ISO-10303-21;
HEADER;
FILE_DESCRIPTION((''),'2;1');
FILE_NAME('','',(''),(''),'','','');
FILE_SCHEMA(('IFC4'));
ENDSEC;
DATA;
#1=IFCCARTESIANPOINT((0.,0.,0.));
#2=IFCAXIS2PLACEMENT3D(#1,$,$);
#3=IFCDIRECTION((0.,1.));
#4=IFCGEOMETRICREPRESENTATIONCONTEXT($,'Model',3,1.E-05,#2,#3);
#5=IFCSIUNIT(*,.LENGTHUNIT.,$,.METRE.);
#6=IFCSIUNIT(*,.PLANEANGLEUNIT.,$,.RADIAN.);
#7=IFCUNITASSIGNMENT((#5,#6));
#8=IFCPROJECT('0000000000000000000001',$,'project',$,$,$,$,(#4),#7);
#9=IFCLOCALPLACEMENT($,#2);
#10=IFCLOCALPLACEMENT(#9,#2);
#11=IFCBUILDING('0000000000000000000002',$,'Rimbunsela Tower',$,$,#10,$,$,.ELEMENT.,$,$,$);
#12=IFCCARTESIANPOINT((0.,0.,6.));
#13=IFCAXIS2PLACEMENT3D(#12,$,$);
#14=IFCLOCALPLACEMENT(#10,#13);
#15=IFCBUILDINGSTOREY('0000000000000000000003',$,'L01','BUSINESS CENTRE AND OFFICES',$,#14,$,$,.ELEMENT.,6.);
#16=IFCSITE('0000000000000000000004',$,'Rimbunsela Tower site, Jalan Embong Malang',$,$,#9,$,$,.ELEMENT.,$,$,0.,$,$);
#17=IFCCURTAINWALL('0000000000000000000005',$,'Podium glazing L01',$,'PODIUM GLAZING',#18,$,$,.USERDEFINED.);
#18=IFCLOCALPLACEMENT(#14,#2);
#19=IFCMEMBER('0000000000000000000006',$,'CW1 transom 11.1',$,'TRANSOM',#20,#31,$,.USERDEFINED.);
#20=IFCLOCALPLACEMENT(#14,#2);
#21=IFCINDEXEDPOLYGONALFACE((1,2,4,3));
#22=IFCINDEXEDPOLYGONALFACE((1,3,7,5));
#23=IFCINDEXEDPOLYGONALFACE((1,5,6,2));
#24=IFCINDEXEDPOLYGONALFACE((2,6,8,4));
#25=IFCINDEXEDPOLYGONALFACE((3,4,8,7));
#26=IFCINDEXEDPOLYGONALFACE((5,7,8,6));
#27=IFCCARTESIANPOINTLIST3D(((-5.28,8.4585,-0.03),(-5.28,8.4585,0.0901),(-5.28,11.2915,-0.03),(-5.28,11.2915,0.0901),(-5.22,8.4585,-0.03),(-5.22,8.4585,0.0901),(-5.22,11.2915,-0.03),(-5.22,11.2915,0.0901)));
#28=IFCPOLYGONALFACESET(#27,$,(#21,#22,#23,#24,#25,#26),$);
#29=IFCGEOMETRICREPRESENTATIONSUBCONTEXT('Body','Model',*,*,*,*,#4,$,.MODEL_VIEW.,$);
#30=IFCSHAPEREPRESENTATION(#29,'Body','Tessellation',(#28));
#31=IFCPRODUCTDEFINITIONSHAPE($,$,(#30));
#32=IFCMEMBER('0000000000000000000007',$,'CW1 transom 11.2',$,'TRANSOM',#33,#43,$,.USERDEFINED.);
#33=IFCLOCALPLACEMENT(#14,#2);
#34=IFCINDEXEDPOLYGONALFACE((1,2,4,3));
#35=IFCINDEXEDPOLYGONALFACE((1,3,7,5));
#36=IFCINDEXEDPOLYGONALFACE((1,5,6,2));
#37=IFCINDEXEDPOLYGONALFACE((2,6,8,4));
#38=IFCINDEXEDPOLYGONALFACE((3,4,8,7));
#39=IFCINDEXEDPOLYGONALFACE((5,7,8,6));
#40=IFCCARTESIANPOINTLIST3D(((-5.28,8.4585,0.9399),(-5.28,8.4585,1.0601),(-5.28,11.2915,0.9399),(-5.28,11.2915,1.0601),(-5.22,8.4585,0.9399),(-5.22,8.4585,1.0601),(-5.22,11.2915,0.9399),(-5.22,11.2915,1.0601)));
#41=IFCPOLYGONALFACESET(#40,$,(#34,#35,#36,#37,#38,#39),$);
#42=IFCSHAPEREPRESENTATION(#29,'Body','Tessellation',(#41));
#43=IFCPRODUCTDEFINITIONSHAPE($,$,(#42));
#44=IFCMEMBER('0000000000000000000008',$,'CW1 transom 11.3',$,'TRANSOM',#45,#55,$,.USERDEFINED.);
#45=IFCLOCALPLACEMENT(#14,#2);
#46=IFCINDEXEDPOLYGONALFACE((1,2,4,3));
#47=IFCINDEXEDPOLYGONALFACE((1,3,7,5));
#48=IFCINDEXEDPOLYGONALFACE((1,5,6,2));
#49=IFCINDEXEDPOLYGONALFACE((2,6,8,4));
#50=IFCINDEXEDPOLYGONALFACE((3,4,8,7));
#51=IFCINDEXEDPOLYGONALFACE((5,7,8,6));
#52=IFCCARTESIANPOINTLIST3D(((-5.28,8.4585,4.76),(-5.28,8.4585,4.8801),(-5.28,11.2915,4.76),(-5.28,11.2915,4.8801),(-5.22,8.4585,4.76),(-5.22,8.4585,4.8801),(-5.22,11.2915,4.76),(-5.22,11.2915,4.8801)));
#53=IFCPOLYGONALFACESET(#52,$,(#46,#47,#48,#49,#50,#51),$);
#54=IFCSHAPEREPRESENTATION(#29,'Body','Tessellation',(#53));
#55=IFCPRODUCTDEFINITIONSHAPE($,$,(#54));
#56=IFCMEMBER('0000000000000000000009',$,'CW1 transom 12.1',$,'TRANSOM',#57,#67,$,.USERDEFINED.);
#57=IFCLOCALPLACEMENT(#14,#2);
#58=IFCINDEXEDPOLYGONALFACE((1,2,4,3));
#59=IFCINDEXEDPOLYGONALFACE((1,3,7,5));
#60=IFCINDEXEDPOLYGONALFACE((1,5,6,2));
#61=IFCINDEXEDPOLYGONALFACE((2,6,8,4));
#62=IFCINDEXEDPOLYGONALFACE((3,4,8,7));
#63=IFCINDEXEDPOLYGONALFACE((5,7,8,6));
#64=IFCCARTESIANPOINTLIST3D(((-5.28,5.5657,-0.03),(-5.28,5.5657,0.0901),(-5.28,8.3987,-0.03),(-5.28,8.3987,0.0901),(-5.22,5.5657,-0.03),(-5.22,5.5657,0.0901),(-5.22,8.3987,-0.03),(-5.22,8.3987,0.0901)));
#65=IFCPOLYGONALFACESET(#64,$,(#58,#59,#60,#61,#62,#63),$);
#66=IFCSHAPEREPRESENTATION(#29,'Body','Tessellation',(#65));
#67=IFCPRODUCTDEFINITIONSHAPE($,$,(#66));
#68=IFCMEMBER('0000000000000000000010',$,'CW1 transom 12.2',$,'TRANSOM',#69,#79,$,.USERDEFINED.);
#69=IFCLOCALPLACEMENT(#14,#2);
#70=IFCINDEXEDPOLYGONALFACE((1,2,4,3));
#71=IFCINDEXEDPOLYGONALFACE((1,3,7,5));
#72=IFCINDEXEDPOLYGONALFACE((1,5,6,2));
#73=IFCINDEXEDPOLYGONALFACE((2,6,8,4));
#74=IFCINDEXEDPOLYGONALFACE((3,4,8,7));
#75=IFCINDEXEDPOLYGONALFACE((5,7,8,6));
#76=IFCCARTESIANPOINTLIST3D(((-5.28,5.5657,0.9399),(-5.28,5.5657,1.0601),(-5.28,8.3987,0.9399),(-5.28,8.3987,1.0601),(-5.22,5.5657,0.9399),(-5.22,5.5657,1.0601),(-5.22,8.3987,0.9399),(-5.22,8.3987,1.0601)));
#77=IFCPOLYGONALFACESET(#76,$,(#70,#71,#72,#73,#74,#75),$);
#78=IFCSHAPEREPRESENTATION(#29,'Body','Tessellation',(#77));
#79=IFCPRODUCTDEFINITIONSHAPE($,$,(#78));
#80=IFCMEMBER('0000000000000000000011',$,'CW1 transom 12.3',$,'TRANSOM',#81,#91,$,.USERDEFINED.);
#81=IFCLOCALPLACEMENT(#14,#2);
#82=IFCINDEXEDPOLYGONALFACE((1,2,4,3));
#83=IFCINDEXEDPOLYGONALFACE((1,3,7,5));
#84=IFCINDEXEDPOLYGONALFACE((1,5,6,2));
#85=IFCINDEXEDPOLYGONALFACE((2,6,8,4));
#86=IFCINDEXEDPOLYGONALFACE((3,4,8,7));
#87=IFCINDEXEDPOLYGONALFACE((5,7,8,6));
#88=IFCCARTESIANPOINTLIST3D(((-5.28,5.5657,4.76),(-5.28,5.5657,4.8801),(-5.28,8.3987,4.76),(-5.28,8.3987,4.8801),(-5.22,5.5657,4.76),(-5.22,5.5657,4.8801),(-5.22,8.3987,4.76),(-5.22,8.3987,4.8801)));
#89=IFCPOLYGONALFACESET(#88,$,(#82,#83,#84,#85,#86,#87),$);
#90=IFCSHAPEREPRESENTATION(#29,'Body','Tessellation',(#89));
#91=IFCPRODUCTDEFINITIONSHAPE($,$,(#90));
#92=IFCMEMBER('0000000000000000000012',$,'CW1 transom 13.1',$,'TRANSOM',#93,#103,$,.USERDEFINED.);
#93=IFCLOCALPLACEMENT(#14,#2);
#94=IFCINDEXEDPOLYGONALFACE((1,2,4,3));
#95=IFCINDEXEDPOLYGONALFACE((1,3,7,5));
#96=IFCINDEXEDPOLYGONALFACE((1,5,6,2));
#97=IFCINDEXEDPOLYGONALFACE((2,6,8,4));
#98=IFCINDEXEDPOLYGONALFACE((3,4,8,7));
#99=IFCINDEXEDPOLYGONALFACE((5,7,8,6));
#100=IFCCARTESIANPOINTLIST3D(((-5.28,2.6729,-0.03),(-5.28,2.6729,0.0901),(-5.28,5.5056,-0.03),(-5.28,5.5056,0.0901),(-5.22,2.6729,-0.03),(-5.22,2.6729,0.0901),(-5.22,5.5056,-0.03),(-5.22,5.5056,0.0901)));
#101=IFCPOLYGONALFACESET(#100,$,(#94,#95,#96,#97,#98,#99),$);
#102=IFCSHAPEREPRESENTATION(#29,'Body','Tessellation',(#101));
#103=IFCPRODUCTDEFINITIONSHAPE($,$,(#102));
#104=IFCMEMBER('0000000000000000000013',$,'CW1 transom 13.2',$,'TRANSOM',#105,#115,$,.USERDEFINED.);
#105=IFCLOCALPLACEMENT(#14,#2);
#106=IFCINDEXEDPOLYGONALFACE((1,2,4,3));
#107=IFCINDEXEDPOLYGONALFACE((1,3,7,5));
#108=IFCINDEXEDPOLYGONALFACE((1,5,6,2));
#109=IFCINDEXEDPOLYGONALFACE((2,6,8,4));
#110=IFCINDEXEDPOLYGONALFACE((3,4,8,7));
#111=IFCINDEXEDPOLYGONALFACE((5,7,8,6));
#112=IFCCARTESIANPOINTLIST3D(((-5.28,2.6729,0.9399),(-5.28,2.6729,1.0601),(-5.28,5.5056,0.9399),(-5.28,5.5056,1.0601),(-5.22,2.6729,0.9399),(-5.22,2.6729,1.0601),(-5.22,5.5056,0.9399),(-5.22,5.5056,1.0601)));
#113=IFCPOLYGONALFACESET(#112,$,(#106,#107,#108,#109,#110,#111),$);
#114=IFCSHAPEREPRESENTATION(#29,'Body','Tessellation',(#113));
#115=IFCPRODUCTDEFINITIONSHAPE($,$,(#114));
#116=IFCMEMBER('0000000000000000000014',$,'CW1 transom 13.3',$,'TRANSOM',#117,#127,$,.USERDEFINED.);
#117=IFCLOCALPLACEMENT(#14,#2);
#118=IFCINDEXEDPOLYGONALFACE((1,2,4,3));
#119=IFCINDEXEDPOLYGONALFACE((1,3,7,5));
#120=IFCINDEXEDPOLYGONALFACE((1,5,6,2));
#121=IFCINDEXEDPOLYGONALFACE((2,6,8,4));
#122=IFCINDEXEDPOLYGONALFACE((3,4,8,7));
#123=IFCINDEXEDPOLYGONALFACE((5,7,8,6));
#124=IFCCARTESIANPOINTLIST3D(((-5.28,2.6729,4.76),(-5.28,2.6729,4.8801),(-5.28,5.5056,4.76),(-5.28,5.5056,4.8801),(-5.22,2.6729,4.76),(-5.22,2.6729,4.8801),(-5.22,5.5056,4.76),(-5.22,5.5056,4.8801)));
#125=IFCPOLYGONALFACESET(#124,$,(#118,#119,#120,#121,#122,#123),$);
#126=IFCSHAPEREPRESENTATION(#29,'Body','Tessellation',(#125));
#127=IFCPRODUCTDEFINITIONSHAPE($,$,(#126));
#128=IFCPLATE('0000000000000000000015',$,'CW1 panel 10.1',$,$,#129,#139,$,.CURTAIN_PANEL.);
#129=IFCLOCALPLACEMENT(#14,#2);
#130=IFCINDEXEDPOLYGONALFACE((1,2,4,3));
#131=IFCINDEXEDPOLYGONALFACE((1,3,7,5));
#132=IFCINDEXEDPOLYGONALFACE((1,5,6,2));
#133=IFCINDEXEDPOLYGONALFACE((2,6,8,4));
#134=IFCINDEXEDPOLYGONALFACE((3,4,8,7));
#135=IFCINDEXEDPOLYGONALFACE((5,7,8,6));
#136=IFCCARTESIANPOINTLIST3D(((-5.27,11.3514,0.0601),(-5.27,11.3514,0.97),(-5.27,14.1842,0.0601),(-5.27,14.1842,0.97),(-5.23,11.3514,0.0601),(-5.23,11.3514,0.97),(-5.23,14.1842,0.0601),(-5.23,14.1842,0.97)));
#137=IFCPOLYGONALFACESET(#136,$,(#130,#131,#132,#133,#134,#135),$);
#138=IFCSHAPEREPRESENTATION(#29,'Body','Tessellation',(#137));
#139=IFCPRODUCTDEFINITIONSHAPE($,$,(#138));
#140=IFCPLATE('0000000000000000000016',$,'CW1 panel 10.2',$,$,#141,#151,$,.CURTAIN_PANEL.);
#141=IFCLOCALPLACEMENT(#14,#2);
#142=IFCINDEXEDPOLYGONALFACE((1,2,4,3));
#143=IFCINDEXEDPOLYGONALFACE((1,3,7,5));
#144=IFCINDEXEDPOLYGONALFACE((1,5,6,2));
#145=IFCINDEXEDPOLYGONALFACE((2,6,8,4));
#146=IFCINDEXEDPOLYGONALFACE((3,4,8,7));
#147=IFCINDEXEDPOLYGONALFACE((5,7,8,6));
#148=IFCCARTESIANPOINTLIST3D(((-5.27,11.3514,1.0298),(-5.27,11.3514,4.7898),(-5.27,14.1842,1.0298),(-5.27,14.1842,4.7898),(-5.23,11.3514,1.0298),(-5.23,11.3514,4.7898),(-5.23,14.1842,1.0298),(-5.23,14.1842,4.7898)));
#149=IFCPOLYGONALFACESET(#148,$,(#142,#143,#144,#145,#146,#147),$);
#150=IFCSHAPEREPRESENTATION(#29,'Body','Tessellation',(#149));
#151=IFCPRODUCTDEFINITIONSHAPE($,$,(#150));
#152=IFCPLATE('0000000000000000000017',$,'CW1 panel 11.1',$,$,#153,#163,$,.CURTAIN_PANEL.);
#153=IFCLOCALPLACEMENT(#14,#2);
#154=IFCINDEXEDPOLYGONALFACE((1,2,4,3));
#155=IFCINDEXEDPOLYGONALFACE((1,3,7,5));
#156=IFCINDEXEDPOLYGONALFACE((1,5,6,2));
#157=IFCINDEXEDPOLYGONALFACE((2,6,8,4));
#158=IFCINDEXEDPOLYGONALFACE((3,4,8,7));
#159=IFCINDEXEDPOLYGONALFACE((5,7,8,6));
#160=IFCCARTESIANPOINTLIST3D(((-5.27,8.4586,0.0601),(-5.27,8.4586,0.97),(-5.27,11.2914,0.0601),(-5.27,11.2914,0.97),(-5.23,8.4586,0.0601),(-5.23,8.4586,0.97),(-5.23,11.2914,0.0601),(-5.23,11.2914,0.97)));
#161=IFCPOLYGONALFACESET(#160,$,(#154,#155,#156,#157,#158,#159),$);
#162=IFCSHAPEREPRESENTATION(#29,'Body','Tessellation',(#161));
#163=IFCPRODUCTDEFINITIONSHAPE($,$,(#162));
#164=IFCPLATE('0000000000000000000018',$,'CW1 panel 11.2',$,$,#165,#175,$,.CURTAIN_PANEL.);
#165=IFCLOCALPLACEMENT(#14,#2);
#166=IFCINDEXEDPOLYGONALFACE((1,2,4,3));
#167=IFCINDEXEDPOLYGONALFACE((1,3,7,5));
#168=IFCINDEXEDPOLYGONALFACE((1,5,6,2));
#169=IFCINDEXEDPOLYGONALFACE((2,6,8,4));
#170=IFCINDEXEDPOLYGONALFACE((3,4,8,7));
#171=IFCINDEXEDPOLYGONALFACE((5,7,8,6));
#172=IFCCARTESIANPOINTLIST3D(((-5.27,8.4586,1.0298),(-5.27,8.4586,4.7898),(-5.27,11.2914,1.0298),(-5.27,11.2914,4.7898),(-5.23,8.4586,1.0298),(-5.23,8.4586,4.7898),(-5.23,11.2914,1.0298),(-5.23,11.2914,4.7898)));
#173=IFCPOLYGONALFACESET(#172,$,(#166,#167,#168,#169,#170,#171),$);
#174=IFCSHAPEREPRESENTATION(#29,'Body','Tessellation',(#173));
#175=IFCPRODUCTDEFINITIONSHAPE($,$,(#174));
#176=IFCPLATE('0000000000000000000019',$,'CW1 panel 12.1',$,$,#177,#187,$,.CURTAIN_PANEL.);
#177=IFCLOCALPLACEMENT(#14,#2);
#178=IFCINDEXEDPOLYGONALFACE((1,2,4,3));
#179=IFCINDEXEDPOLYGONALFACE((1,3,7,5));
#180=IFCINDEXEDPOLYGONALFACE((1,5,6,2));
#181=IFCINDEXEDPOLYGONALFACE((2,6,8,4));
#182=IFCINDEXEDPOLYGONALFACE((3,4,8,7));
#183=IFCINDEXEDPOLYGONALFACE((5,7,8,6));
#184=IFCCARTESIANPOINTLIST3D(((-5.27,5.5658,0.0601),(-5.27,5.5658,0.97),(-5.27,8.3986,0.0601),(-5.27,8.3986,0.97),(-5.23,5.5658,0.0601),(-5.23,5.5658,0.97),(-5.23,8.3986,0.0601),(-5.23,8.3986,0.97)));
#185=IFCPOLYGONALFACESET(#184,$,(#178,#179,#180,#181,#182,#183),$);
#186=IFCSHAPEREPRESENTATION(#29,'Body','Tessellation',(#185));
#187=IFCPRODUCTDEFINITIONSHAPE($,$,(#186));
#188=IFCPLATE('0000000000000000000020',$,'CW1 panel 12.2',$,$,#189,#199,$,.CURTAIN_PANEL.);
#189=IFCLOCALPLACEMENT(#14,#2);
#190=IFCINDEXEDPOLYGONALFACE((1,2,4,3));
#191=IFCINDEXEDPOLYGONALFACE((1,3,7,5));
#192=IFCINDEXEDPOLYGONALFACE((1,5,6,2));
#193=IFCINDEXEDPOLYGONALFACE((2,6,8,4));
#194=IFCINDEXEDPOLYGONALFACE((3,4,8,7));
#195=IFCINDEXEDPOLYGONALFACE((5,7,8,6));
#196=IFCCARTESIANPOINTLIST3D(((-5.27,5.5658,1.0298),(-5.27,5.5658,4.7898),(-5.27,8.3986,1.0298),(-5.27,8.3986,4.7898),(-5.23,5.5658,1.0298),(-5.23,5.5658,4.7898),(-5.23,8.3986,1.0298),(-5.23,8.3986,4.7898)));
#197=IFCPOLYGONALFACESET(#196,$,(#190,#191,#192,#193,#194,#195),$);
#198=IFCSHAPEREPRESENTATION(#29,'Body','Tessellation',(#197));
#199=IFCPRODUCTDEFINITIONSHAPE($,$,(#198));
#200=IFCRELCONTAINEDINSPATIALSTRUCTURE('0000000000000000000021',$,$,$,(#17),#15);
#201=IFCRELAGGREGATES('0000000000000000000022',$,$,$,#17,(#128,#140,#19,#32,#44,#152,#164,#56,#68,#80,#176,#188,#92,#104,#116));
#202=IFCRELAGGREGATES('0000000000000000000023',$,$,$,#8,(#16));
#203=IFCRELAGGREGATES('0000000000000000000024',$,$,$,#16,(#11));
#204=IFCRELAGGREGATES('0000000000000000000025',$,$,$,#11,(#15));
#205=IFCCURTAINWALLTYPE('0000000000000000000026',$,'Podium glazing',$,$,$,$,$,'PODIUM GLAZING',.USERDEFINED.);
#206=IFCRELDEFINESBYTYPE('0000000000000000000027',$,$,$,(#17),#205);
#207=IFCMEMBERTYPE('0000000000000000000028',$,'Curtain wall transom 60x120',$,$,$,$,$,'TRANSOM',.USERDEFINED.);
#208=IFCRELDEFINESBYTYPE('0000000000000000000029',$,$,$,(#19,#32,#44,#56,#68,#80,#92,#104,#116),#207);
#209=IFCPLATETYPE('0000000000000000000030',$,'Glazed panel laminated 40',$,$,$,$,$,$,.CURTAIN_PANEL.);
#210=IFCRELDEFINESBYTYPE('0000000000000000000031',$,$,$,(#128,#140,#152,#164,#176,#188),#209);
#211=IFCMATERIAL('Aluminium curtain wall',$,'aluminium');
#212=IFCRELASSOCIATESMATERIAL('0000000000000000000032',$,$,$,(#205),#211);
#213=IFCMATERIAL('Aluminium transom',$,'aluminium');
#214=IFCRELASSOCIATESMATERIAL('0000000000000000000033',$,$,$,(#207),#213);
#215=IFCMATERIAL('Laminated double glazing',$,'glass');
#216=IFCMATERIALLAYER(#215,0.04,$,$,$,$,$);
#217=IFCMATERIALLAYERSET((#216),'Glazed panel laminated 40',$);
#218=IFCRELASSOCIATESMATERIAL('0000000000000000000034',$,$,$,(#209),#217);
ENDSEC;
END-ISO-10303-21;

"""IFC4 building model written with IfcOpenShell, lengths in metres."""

from ifc_helpers import new_model, si_unit, direction, frame, origin, origin_2d, place, context, subcontext, project, spatial, rectangle, extrude, material, layer, layer_set, material_profile, profile_set, type_object, element, aggregate, save


model = new_model("IFC4")

# Units and contexts
model_context = context("Model", 3, precision=1e-05, world=origin(), true_north=direction((0.0, 1.0)))
body_context = subcontext(model_context, "Body", "Model", "MODEL_VIEW")
ifc_project = project(units=[si_unit("LENGTHUNIT", "METRE"), si_unit("PLANEANGLEUNIT", "RADIAN")], contexts=[model_context])

# Site, building, storey
site_placement = place(None, origin())
site = spatial("IfcSite", under=ifc_project, at=site_placement, Name="Rimbunsela Tower site, Jalan Embong Malang", CompositionType="ELEMENT", RefElevation=0.0)
building_placement = place(site_placement, origin())
building = spatial("IfcBuilding", under=site, at=building_placement, Name="Rimbunsela Tower", CompositionType="ELEMENT")
storey_placement = place(building_placement, frame((0.0, 0.0, 6.0)))
storey = spatial("IfcBuildingStorey", under=building, at=storey_placement, Name="L01", Description="BUSINESS CENTRE AND OFFICES", CompositionType="ELEMENT", Elevation=6.0)

# Curtain wall, members, plates
ifc_material_1 = material(Name="Aluminium curtain wall", Category="aluminium")
curtain_wall_type = type_object("IfcCurtainWallType", Name="Podium glazing", ElementType="PODIUM GLAZING", PredefinedType="USERDEFINED", material=ifc_material_1)
curtain_wall_placement = place(storey_placement, origin())
curtain_wall = element("IfcCurtainWall", 1, at=curtain_wall_placement, inside=storey, type_object=curtain_wall_type, Name="Podium glazing L01", ObjectType="PODIUM GLAZING", PredefinedType="USERDEFINED")
ifc_material_2 = material(Name="Aluminium transom", Category="aluminium")
ifc_material_profile_1 = material_profile(ifc_material_2, rectangle(XDim=0.0601, YDim=0.1201, at=origin_2d()), Name="Transom 60x120")
ifc_profile_set_1 = profile_set([ifc_material_profile_1], Name="Aluminium transom")
member_type_1 = type_object("IfcMemberType", Name="Curtain wall transom 60x120", ElementType="TRANSOM", PredefinedType="USERDEFINED", material=ifc_profile_set_1)
member_1_placement = place(storey_placement, frame((-5.25, 11.2915, 0.03), z_axis=(0.0, -1.0, 0.0), x_axis=(1.0, 0.0, 0.0)))
member_1 = element("IfcMember", 2, at=member_1_placement, type_object=member_type_1, Name="CW1 transom 11.1", ObjectType="TRANSOM", PredefinedType="USERDEFINED", context=body_context, shape_type="SweptSolid", body=[
    extrude(rectangle(XDim=0.0601, YDim=0.1201, at=origin_2d()), origin(), (0.0, 0.0, 1.0), 2.833),
])
member_2_placement = place(storey_placement, frame((-5.25, 11.2915, 1.0), z_axis=(0.0, -1.0, 0.0), x_axis=(1.0, 0.0, 0.0)))
member_2 = element("IfcMember", 3, at=member_2_placement, type_object=member_type_1, Name="CW1 transom 11.2", ObjectType="TRANSOM", PredefinedType="USERDEFINED", context=body_context, shape_type="SweptSolid", body=[
    extrude(rectangle(XDim=0.0601, YDim=0.1201, at=origin_2d()), origin(), (0.0, 0.0, 1.0), 2.833),
])
member_3_placement = place(storey_placement, frame((-5.25, 11.2915, 4.8201), z_axis=(0.0, -1.0, 0.0), x_axis=(1.0, 0.0, 0.0)))
member_3 = element("IfcMember", 4, at=member_3_placement, type_object=member_type_1, Name="CW1 transom 11.3", ObjectType="TRANSOM", PredefinedType="USERDEFINED", context=body_context, shape_type="SweptSolid", body=[
    extrude(rectangle(XDim=0.0601, YDim=0.1201, at=origin_2d()), origin(), (0.0, 0.0, 1.0), 2.833),
])
member_4_placement = place(storey_placement, frame((-5.25, 8.3987, 0.03), z_axis=(0.0, -1.0, 0.0), x_axis=(1.0, 0.0, 0.0)))
member_4 = element("IfcMember", 5, at=member_4_placement, type_object=member_type_1, Name="CW1 transom 12.1", ObjectType="TRANSOM", PredefinedType="USERDEFINED", context=body_context, shape_type="SweptSolid", body=[
    extrude(rectangle(XDim=0.0601, YDim=0.1201, at=origin_2d()), origin(), (0.0, 0.0, 1.0), 2.833),
])
member_5_placement = place(storey_placement, frame((-5.25, 8.3987, 1.0), z_axis=(0.0, -1.0, 0.0), x_axis=(1.0, 0.0, 0.0)))
member_5 = element("IfcMember", 6, at=member_5_placement, type_object=member_type_1, Name="CW1 transom 12.2", ObjectType="TRANSOM", PredefinedType="USERDEFINED", context=body_context, shape_type="SweptSolid", body=[
    extrude(rectangle(XDim=0.0601, YDim=0.1201, at=origin_2d()), origin(), (0.0, 0.0, 1.0), 2.833),
])
member_6_placement = place(storey_placement, frame((-5.25, 8.3987, 4.8201), z_axis=(0.0, -1.0, 0.0), x_axis=(1.0, 0.0, 0.0)))
member_6 = element("IfcMember", 7, at=member_6_placement, type_object=member_type_1, Name="CW1 transom 12.3", ObjectType="TRANSOM", PredefinedType="USERDEFINED", context=body_context, shape_type="SweptSolid", body=[
    extrude(rectangle(XDim=0.0601, YDim=0.1201, at=origin_2d()), origin(), (0.0, 0.0, 1.0), 2.833),
])
member_7_placement = place(storey_placement, frame((-5.25, 5.5056, 0.03), z_axis=(0.0, -1.0, 0.0), x_axis=(1.0, 0.0, 0.0)))
member_7 = element("IfcMember", 8, at=member_7_placement, type_object=member_type_1, Name="CW1 transom 13.1", ObjectType="TRANSOM", PredefinedType="USERDEFINED", context=body_context, shape_type="SweptSolid", body=[
    extrude(rectangle(XDim=0.0601, YDim=0.1201, at=origin_2d()), origin(), (0.0, 0.0, 1.0), 2.8328),
])
member_8_placement = place(storey_placement, frame((-5.25, 5.5056, 1.0), z_axis=(0.0, -1.0, 0.0), x_axis=(1.0, 0.0, 0.0)))
member_8 = element("IfcMember", 9, at=member_8_placement, type_object=member_type_1, Name="CW1 transom 13.2", ObjectType="TRANSOM", PredefinedType="USERDEFINED", context=body_context, shape_type="SweptSolid", body=[
    extrude(rectangle(XDim=0.0601, YDim=0.1201, at=origin_2d()), origin(), (0.0, 0.0, 1.0), 2.8328),
])
member_9_placement = place(storey_placement, frame((-5.25, 5.5056, 4.8201), z_axis=(0.0, -1.0, 0.0), x_axis=(1.0, 0.0, 0.0)))
member_9 = element("IfcMember", 10, at=member_9_placement, type_object=member_type_1, Name="CW1 transom 13.3", ObjectType="TRANSOM", PredefinedType="USERDEFINED", context=body_context, shape_type="SweptSolid", body=[
    extrude(rectangle(XDim=0.0601, YDim=0.1201, at=origin_2d()), origin(), (0.0, 0.0, 1.0), 2.8328),
])
ifc_material_3 = material(Name="Laminated double glazing", Category="glass")
ifc_layer = layer(ifc_material_3, 0.04)
ifc_layer_set = layer_set([ifc_layer], Name="Glazed panel laminated 40")
plate_type = type_object("IfcPlateType", Name="Glazed panel laminated 40", PredefinedType="CURTAIN_PANEL", material=ifc_layer_set)
plate_1_placement = place(storey_placement, frame((-5.25, 12.7678, 0.0601), z_axis=(0.0, 0.0, 1.0), x_axis=(0.0, -1.0, 0.0)))
plate_1 = element("IfcPlate", 11, at=plate_1_placement, type_object=plate_type, Name="CW1 panel 10.1", PredefinedType="CURTAIN_PANEL", context=body_context, shape_type="SweptSolid", body=[
    extrude(rectangle(XDim=2.8328, YDim=0.04, at=origin_2d()), origin(), (0.0, 0.0, 1.0), 0.9099),
])
plate_2_placement = place(storey_placement, frame((-5.25, 12.7678, 1.0298), z_axis=(0.0, 0.0, 1.0), x_axis=(0.0, -1.0, 0.0)))
plate_2 = element("IfcPlate", 12, at=plate_2_placement, type_object=plate_type, Name="CW1 panel 10.2", PredefinedType="CURTAIN_PANEL", context=body_context, shape_type="SweptSolid", body=[
    extrude(rectangle(XDim=2.8328, YDim=0.04, at=origin_2d()), origin(), (0.0, 0.0, 1.0), 3.76),
])
plate_3_placement = place(storey_placement, frame((-5.25, 9.875, 0.0601), z_axis=(0.0, 0.0, 1.0), x_axis=(0.0, -1.0, 0.0)))
plate_3 = element("IfcPlate", 13, at=plate_3_placement, type_object=plate_type, Name="CW1 panel 11.1", PredefinedType="CURTAIN_PANEL", context=body_context, shape_type="SweptSolid", body=[
    extrude(rectangle(XDim=2.8328, YDim=0.04, at=origin_2d()), origin(), (0.0, 0.0, 1.0), 0.9099),
])
plate_4_placement = place(storey_placement, frame((-5.25, 9.875, 1.0298), z_axis=(0.0, 0.0, 1.0), x_axis=(0.0, -1.0, 0.0)))
plate_4 = element("IfcPlate", 14, at=plate_4_placement, type_object=plate_type, Name="CW1 panel 11.2", PredefinedType="CURTAIN_PANEL", context=body_context, shape_type="SweptSolid", body=[
    extrude(rectangle(XDim=2.8328, YDim=0.04, at=origin_2d()), origin(), (0.0, 0.0, 1.0), 3.76),
])
plate_5_placement = place(storey_placement, frame((-5.25, 6.9822, 0.0601), z_axis=(0.0, 0.0, 1.0), x_axis=(0.0, -1.0, 0.0)))
plate_5 = element("IfcPlate", 15, at=plate_5_placement, type_object=plate_type, Name="CW1 panel 12.1", PredefinedType="CURTAIN_PANEL", context=body_context, shape_type="SweptSolid", body=[
    extrude(rectangle(XDim=2.8328, YDim=0.04, at=origin_2d()), origin(), (0.0, 0.0, 1.0), 0.9099),
])
plate_6_placement = place(storey_placement, frame((-5.25, 6.9822, 1.0298), z_axis=(0.0, 0.0, 1.0), x_axis=(0.0, -1.0, 0.0)))
plate_6 = element("IfcPlate", 16, at=plate_6_placement, type_object=plate_type, Name="CW1 panel 12.2", PredefinedType="CURTAIN_PANEL", context=body_context, shape_type="SweptSolid", body=[
    extrude(rectangle(XDim=2.8328, YDim=0.04, at=origin_2d()), origin(), (0.0, 0.0, 1.0), 3.76),
])
aggregate(curtain_wall, [plate_1, plate_2, member_1, member_2, member_3, plate_3, plate_4, member_4, member_5, member_6, plate_5, plate_6, member_7, member_8, member_9])

save(model, "model.ifc")
